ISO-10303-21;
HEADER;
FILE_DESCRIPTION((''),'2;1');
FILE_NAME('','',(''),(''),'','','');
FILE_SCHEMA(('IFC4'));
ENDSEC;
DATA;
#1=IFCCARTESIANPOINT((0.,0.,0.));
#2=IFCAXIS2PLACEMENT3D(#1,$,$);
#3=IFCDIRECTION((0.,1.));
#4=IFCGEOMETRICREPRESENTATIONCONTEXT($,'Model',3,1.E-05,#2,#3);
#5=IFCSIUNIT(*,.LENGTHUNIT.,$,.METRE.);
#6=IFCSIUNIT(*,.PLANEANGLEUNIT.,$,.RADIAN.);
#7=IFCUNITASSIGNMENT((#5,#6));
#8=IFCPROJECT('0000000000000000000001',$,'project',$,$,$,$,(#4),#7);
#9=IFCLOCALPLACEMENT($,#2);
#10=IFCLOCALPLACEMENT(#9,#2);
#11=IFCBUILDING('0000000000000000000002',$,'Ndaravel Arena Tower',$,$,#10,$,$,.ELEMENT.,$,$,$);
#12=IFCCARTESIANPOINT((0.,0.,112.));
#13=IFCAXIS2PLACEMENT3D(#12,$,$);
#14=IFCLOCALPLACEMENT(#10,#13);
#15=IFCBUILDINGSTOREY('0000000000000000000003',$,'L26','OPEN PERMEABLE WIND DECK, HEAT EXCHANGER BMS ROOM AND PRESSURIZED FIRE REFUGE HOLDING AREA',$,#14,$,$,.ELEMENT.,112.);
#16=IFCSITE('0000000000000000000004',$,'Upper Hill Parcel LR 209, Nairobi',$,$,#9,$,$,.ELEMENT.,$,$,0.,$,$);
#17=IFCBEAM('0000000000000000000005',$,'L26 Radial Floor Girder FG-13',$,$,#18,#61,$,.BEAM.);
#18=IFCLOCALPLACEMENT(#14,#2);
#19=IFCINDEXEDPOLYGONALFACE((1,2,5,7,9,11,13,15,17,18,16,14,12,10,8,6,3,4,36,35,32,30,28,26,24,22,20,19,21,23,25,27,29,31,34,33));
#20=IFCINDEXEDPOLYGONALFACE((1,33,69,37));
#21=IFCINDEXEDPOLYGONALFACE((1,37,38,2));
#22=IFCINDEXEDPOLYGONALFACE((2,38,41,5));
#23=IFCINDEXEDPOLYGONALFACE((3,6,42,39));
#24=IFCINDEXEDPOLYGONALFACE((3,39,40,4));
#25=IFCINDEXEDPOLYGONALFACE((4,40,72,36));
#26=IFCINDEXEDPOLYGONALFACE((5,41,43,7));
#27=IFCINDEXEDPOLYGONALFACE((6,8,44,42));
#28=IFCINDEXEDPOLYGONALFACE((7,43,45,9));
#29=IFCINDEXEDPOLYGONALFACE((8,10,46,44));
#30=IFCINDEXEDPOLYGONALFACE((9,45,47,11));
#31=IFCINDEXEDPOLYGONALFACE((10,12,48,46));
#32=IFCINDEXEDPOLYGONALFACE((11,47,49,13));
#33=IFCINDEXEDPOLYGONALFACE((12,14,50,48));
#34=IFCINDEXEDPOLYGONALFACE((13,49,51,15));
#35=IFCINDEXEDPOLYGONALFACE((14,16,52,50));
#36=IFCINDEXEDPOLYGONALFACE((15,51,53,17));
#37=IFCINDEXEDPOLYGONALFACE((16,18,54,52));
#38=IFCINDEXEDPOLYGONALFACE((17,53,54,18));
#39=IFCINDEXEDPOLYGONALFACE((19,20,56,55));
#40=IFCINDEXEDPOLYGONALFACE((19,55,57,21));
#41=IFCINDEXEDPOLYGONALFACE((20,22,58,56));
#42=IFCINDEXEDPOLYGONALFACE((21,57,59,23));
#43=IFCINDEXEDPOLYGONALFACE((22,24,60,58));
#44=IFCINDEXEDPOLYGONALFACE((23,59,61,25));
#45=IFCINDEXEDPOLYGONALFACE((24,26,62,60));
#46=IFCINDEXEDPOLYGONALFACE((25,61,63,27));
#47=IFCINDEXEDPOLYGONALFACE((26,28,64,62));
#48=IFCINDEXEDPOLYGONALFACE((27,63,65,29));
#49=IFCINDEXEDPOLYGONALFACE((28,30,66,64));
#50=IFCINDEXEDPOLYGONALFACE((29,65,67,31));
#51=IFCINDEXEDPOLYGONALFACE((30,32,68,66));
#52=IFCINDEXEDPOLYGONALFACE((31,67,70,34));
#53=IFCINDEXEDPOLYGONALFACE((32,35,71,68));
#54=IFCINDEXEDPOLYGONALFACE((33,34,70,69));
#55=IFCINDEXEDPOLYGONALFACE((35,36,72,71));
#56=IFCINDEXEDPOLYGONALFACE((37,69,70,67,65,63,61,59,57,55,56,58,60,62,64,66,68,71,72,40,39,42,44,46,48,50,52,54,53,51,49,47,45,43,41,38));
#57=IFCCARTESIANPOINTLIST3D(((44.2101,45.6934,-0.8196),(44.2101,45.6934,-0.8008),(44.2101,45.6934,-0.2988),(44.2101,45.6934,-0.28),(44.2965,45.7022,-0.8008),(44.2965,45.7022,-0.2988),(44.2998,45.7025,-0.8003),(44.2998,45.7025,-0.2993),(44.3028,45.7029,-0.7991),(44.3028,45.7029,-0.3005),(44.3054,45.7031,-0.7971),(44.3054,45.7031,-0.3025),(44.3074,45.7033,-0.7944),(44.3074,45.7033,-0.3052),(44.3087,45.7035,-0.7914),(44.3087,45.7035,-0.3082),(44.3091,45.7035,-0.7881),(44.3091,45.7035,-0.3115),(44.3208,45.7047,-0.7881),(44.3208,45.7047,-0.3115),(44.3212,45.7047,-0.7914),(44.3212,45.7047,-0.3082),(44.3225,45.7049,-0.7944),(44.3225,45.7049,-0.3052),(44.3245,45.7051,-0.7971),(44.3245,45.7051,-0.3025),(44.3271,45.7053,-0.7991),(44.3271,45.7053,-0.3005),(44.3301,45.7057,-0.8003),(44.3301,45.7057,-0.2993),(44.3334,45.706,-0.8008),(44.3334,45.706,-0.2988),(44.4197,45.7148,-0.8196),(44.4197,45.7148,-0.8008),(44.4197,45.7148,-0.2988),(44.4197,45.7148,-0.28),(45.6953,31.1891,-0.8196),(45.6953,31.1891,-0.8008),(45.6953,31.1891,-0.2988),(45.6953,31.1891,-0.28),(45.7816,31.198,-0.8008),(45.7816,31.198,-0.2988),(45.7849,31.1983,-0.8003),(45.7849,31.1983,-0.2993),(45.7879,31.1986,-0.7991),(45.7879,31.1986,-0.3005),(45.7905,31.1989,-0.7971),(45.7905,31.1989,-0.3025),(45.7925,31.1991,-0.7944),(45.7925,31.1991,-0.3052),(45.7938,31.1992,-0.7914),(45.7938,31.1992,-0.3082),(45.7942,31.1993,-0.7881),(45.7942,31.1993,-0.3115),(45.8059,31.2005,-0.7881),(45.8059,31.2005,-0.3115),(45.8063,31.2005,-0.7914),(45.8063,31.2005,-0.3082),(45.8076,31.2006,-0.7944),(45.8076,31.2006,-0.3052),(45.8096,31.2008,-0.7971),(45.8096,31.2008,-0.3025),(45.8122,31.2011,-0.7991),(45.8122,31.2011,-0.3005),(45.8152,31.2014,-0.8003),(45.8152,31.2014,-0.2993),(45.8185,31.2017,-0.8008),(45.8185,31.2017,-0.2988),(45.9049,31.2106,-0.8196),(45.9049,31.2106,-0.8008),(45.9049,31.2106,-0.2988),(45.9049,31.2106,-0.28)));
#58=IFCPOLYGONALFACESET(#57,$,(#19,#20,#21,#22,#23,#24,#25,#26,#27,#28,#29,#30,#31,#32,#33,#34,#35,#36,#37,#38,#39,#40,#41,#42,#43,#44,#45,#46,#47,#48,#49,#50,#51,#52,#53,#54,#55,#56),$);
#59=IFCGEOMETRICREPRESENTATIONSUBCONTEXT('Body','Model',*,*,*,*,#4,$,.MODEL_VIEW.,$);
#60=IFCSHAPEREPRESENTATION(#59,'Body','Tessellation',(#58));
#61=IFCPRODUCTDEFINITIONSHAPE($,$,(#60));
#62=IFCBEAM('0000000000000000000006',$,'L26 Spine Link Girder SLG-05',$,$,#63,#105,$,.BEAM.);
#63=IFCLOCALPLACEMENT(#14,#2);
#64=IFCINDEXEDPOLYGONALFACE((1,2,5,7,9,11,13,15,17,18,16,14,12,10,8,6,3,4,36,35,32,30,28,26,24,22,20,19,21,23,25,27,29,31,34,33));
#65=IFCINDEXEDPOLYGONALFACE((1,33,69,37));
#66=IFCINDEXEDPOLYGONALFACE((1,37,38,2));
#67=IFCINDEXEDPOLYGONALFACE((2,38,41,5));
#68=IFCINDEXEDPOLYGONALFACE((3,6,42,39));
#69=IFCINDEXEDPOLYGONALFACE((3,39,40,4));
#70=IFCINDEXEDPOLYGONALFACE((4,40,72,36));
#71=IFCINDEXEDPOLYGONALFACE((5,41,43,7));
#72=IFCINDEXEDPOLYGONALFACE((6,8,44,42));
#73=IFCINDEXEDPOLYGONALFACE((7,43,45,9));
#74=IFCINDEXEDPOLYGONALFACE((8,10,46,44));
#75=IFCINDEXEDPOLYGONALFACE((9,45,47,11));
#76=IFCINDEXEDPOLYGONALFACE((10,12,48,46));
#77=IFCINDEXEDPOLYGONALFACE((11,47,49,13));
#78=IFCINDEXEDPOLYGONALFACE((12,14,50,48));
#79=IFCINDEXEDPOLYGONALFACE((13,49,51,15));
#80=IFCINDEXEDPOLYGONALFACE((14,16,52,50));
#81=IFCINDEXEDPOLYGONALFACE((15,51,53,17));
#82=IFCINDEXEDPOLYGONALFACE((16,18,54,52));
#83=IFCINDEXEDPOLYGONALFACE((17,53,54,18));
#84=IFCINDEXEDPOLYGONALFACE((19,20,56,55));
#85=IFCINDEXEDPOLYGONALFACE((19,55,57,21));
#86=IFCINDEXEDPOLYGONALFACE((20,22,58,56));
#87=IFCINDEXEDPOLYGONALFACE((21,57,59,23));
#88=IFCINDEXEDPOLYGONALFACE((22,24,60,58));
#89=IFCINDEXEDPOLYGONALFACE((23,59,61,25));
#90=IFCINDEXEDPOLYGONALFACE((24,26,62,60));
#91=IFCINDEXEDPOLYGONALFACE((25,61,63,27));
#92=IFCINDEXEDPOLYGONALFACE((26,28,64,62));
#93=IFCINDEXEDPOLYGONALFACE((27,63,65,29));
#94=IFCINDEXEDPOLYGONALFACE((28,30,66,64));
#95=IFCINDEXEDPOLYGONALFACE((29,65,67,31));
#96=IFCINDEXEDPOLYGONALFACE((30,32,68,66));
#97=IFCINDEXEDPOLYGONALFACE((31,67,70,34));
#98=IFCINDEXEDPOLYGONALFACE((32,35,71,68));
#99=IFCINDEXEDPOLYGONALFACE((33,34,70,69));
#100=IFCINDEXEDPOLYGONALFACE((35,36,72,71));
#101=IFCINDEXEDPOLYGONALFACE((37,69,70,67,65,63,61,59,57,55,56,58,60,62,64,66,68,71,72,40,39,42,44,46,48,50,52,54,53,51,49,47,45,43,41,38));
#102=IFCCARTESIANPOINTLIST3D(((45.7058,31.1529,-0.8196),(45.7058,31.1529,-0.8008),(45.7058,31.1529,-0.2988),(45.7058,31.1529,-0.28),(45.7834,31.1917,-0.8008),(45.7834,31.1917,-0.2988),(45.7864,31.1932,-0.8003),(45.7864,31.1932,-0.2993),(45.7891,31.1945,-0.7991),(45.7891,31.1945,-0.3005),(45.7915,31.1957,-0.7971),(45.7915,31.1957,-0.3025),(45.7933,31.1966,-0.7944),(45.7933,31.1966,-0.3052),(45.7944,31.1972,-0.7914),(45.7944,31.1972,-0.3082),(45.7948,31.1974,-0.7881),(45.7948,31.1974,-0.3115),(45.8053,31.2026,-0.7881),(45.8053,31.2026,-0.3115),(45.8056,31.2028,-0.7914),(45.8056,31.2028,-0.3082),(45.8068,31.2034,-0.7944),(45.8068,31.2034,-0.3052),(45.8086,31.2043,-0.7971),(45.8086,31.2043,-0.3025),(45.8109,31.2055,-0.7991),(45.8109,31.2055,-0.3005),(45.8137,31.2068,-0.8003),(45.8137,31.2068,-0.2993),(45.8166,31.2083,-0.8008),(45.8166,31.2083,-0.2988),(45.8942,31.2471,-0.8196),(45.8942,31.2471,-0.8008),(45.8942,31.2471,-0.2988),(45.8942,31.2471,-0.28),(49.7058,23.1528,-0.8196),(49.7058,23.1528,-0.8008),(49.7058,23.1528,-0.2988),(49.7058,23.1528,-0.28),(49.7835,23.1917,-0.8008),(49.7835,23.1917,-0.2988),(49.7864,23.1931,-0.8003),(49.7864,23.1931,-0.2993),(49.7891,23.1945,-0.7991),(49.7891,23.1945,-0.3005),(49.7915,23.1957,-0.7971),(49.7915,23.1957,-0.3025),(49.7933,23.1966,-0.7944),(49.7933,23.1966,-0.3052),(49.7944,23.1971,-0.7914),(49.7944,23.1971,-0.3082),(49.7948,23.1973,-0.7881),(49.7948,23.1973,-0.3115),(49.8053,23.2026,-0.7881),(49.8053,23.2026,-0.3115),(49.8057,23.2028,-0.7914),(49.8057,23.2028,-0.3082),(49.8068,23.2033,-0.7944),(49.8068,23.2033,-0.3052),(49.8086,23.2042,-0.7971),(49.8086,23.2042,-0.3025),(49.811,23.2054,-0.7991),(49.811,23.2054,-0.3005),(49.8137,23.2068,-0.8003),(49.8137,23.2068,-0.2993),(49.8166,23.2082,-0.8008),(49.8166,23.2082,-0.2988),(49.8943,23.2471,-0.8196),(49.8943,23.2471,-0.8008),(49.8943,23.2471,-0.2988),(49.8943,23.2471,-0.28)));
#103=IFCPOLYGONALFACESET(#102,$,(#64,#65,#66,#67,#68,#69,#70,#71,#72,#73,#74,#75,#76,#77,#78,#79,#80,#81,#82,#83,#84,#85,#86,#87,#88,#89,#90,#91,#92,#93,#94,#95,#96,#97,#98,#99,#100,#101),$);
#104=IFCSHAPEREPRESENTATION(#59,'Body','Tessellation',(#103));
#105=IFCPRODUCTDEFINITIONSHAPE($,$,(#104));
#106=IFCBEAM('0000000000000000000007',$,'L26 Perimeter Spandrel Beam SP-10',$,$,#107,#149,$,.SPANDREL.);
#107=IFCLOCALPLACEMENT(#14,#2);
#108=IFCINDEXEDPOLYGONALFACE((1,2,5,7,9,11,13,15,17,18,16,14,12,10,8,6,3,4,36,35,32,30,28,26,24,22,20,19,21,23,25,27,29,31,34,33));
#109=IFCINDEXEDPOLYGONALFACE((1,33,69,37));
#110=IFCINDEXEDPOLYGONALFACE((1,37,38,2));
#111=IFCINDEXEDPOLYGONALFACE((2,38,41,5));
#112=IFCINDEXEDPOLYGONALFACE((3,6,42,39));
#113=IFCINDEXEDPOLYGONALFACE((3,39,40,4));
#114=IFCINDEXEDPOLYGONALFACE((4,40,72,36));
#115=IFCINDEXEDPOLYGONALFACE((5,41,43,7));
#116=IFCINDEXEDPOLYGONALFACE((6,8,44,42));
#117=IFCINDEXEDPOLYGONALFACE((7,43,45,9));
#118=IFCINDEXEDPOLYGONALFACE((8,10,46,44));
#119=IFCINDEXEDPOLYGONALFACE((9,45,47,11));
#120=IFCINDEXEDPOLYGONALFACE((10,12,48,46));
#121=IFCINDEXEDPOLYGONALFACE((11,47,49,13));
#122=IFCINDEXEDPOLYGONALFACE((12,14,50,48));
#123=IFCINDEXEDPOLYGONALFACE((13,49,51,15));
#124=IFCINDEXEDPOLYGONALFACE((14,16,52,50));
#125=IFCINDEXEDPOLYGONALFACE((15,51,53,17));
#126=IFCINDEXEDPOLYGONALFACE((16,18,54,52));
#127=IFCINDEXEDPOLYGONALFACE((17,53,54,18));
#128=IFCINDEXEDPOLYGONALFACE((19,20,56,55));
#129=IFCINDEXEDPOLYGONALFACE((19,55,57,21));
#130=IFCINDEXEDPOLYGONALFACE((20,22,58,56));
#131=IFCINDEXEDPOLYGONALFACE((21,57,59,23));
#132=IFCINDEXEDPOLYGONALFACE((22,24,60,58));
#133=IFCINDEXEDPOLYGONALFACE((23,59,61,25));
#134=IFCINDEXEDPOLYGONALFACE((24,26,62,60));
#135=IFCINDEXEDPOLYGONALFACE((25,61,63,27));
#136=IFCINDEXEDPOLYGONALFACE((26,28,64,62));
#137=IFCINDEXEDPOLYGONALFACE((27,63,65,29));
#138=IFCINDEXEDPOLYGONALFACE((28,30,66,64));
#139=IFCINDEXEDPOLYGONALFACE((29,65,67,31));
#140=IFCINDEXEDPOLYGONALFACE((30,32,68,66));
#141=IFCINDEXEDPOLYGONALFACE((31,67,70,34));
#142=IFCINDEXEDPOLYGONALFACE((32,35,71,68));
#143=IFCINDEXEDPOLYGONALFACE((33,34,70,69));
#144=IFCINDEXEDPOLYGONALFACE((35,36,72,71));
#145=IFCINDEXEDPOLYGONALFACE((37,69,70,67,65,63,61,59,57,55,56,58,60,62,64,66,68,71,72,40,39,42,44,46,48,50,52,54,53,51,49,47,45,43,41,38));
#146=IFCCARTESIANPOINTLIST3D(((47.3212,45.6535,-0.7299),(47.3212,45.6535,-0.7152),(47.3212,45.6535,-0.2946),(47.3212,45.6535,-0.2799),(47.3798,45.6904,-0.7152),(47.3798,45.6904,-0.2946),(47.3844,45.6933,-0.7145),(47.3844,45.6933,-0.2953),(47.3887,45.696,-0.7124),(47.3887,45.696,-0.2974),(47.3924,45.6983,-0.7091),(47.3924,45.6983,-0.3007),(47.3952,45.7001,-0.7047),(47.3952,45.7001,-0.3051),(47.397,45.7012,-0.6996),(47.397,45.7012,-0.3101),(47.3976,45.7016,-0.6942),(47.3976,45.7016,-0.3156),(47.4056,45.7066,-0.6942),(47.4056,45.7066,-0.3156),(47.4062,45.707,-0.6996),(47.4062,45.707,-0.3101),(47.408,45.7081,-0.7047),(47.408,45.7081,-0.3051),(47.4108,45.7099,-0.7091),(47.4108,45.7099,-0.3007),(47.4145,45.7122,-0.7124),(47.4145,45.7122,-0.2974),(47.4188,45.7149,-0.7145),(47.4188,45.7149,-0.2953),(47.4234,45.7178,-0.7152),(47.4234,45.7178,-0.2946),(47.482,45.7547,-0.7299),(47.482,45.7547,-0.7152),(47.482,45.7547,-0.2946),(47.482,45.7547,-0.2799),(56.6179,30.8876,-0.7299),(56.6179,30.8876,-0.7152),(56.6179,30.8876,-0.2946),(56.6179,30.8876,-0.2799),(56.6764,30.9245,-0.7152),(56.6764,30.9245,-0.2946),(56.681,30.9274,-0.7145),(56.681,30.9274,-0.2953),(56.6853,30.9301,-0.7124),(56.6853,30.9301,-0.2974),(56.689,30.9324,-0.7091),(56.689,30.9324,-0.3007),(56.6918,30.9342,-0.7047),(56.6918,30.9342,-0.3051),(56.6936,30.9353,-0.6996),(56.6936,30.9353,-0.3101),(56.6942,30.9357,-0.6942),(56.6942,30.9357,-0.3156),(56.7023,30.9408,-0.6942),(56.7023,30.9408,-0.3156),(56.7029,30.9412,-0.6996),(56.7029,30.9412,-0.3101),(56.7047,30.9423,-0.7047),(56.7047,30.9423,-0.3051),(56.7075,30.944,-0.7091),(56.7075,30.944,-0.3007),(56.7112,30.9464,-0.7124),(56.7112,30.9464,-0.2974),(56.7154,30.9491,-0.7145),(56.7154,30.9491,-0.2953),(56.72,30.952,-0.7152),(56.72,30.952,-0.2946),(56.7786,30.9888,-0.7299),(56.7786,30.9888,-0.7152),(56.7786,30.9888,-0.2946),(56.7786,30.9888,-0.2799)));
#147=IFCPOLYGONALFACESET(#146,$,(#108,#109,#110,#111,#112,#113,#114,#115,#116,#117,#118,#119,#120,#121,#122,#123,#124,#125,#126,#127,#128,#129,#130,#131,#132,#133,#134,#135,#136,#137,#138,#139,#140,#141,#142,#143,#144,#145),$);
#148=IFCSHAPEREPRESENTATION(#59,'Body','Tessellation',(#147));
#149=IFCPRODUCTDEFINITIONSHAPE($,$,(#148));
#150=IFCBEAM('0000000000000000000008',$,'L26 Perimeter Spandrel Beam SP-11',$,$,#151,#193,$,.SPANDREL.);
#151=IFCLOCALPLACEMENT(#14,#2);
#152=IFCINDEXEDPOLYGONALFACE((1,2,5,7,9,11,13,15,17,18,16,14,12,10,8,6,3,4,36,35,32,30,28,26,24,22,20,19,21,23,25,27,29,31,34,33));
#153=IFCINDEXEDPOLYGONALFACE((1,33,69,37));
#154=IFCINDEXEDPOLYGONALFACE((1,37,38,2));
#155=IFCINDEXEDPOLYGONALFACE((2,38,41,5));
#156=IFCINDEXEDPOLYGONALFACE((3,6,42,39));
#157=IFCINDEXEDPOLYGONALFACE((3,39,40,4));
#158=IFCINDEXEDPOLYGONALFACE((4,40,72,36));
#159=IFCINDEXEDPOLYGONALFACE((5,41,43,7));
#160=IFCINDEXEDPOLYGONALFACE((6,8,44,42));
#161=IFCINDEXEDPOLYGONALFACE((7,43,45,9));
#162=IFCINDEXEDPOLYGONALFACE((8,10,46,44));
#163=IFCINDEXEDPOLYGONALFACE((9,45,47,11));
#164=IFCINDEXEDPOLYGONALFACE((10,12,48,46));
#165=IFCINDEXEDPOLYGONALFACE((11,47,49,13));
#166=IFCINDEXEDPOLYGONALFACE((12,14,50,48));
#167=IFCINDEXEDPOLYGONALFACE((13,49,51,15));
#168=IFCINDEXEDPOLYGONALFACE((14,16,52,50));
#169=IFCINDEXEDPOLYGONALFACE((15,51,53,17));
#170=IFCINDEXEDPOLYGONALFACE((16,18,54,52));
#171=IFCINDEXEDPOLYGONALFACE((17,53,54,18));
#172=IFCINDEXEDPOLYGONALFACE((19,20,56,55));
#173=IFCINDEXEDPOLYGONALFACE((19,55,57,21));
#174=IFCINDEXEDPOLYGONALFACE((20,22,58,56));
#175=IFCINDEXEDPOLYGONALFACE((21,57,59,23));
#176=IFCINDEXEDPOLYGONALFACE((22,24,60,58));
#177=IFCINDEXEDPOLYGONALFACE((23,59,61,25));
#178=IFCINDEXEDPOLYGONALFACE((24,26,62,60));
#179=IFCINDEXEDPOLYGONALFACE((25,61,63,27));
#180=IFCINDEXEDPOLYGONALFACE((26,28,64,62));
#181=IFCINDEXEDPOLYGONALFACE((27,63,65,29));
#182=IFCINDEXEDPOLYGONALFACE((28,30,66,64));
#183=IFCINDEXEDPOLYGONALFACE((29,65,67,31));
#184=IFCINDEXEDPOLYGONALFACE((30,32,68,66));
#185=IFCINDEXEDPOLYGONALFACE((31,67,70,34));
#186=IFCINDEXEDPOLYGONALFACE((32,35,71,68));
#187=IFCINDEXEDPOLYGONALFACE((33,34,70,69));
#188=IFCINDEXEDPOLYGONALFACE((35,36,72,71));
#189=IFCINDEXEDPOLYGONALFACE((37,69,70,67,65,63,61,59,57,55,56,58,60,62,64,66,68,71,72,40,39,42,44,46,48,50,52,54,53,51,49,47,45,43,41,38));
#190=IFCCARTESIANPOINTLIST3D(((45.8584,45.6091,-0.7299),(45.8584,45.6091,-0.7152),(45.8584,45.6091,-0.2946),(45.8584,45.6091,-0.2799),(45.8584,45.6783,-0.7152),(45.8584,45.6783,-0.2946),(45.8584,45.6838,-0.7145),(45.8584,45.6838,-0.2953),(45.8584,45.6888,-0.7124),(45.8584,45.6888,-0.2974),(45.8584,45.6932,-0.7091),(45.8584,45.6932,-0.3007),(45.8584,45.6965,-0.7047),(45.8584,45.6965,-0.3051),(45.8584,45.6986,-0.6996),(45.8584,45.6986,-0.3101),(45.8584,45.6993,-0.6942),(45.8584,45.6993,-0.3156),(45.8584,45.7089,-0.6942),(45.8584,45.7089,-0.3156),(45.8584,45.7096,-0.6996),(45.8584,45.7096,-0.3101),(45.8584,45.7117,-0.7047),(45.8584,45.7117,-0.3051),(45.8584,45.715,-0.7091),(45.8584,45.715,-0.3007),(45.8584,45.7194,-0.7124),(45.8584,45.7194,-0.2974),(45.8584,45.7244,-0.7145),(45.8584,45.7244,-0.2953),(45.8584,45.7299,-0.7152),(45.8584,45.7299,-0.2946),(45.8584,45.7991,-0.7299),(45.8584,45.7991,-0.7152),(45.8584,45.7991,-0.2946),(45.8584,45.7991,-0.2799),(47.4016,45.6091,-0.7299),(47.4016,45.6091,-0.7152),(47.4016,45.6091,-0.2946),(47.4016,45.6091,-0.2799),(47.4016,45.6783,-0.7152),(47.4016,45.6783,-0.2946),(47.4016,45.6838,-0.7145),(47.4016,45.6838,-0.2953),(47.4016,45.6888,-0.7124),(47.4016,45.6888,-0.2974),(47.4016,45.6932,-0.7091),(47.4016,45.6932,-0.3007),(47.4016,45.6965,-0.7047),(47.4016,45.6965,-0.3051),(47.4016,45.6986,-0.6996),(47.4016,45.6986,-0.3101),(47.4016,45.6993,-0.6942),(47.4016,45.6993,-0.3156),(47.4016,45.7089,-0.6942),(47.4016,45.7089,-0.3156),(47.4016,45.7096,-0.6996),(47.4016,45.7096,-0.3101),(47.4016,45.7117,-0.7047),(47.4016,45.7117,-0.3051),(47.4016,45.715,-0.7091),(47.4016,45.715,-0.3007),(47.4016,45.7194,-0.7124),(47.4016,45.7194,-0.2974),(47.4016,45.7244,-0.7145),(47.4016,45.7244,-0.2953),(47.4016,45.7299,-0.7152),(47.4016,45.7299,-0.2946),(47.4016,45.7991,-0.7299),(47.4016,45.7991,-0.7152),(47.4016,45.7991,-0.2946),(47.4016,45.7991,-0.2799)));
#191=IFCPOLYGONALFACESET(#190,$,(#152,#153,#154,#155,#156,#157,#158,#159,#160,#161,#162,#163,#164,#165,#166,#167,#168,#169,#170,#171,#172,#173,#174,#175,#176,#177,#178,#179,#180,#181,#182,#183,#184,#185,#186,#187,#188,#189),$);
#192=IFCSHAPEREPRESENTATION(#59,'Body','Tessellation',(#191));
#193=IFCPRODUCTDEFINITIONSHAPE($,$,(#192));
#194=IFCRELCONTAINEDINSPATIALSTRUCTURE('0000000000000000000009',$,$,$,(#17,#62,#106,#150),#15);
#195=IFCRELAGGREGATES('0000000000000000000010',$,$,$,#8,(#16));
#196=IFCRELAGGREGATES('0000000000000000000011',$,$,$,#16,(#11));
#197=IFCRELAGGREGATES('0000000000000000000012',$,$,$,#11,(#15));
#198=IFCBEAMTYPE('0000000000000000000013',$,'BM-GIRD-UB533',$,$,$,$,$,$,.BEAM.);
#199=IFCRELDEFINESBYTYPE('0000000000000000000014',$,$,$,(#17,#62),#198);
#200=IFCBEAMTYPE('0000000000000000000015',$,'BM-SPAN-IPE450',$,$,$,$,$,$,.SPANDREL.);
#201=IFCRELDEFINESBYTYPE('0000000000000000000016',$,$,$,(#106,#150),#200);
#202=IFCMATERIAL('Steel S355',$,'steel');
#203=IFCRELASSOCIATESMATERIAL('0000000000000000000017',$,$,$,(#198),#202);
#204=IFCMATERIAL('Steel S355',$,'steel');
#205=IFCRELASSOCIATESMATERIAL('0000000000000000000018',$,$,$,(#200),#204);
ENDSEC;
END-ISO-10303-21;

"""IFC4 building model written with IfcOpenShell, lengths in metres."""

from ifc_helpers import new_model, si_unit, direction, frame, origin, origin_2d, place, context, subcontext, project, spatial, i_section, extrude, material, material_profile, profile_set, type_object, element, save


model = new_model("IFC4")

# Units and contexts
model_context = context("Model", 3, precision=1e-05, world=origin(), true_north=direction((0.0, 1.0)))
body_context = subcontext(model_context, "Body", "Model", "MODEL_VIEW")
ifc_project = project(units=[si_unit("LENGTHUNIT", "METRE"), si_unit("PLANEANGLEUNIT", "RADIAN")], contexts=[model_context])

# Site, building, storey
site_placement = place(None, origin())
site = spatial("IfcSite", under=ifc_project, at=site_placement, Name="Upper Hill Parcel LR 209, Nairobi", CompositionType="ELEMENT", RefElevation=0.0)
building_placement = place(site_placement, origin())
building = spatial("IfcBuilding", under=site, at=building_placement, Name="Ndaravel Arena Tower", CompositionType="ELEMENT")
storey_placement = place(building_placement, frame((0.0, 0.0, 112.0)))
storey = spatial("IfcBuildingStorey", under=building, at=storey_placement, Name="L26", Description="OPEN PERMEABLE WIND DECK, HEAT EXCHANGER BMS ROOM AND PRESSURIZED FIRE REFUGE HOLDING AREA", CompositionType="ELEMENT", Elevation=112.0)

# Beams
ifc_material_1 = material(Name="Steel S355", Category="steel")
ifc_material_profile_1 = material_profile(ifc_material_1, i_section(OverallWidth=0.2107, OverallDepth=0.5396, WebThickness=0.0117, FlangeThickness=0.0188, FilletRadius=0.0127, at=origin_2d()), Name="UB 533x210x109")
ifc_profile_set_1 = profile_set([ifc_material_profile_1], Name="Steel S355")
beam_type_1 = type_object("IfcBeamType", Name="BM-GIRD-UB533", PredefinedType="BEAM", material=ifc_profile_set_1)
beam_1_placement = place(storey_placement, frame((44.3149, 45.7041, -0.5498), z_axis=(0.101859, -0.994799, 0.0), x_axis=(0.994799, 0.101859, 0.0)))
element("IfcBeam", 1, at=beam_1_placement, inside=storey, type_object=beam_type_1, Name="L26 Radial Floor Girder FG-13", PredefinedType="BEAM", context=body_context, shape_type="SweptSolid", body=[
    extrude(i_section(OverallWidth=0.2107, OverallDepth=0.5396, WebThickness=0.0117, FlangeThickness=0.0188, FilletRadius=0.0127, at=origin_2d()), origin(), (0.0, 0.0, 1.0), 14.5801),
])
beam_2_placement = place(storey_placement, frame((49.8, 23.2, -0.5498), z_axis=(-0.447214, 0.894427, 0.0), x_axis=(-0.894427, -0.447214, 0.0)))
element("IfcBeam", 2, at=beam_2_placement, inside=storey, type_object=beam_type_1, Name="L26 Spine Link Girder SLG-05", PredefinedType="BEAM", context=body_context, shape_type="SweptSolid", body=[
    extrude(i_section(OverallWidth=0.2107, OverallDepth=0.5396, WebThickness=0.0117, FlangeThickness=0.0188, FilletRadius=0.0127, at=origin_2d()), origin(), (0.0, 0.0, 1.0), 8.9443),
])
ifc_material_2 = material(Name="Steel S355", Category="steel")
ifc_material_profile_2 = material_profile(ifc_material_2, i_section(OverallWidth=0.1899, OverallDepth=0.45, WebThickness=0.0095, FlangeThickness=0.0146, FilletRadius=0.021, at=origin_2d()), Name="IPE 450")
ifc_profile_set_2 = profile_set([ifc_material_profile_2], Name="Steel S355")
beam_type_2 = type_object("IfcBeamType", Name="BM-SPAN-IPE450", PredefinedType="SPANDREL", material=ifc_profile_set_2)
beam_3_placement = place(storey_placement, frame((56.6982, 30.9382, -0.5049), z_axis=(-0.532797, 0.846243, 0.0), x_axis=(-0.846243, -0.532797, 0.0)))
element("IfcBeam", 3, at=beam_3_placement, inside=storey, type_object=beam_type_2, Name="L26 Perimeter Spandrel Beam SP-10", PredefinedType="SPANDREL", context=body_context, shape_type="SweptSolid", body=[
    extrude(i_section(OverallWidth=0.1899, OverallDepth=0.45, WebThickness=0.0095, FlangeThickness=0.0146, FilletRadius=0.021, at=origin_2d()), origin(), (0.0, 0.0, 1.0), 17.4487),
])
beam_4_placement = place(storey_placement, frame((47.4016, 45.7041, -0.5049), z_axis=(-1.0, 0.0, 0.0), x_axis=(0.0, -1.0, 0.0)))
element("IfcBeam", 4, at=beam_4_placement, inside=storey, type_object=beam_type_2, Name="L26 Perimeter Spandrel Beam SP-11", PredefinedType="SPANDREL", context=body_context, shape_type="SweptSolid", body=[
    extrude(i_section(OverallWidth=0.1899, OverallDepth=0.45, WebThickness=0.0095, FlangeThickness=0.0146, FilletRadius=0.021, at=origin_2d()), origin(), (0.0, 0.0, 1.0), 1.5432),
])

save(model, "model.ifc")
